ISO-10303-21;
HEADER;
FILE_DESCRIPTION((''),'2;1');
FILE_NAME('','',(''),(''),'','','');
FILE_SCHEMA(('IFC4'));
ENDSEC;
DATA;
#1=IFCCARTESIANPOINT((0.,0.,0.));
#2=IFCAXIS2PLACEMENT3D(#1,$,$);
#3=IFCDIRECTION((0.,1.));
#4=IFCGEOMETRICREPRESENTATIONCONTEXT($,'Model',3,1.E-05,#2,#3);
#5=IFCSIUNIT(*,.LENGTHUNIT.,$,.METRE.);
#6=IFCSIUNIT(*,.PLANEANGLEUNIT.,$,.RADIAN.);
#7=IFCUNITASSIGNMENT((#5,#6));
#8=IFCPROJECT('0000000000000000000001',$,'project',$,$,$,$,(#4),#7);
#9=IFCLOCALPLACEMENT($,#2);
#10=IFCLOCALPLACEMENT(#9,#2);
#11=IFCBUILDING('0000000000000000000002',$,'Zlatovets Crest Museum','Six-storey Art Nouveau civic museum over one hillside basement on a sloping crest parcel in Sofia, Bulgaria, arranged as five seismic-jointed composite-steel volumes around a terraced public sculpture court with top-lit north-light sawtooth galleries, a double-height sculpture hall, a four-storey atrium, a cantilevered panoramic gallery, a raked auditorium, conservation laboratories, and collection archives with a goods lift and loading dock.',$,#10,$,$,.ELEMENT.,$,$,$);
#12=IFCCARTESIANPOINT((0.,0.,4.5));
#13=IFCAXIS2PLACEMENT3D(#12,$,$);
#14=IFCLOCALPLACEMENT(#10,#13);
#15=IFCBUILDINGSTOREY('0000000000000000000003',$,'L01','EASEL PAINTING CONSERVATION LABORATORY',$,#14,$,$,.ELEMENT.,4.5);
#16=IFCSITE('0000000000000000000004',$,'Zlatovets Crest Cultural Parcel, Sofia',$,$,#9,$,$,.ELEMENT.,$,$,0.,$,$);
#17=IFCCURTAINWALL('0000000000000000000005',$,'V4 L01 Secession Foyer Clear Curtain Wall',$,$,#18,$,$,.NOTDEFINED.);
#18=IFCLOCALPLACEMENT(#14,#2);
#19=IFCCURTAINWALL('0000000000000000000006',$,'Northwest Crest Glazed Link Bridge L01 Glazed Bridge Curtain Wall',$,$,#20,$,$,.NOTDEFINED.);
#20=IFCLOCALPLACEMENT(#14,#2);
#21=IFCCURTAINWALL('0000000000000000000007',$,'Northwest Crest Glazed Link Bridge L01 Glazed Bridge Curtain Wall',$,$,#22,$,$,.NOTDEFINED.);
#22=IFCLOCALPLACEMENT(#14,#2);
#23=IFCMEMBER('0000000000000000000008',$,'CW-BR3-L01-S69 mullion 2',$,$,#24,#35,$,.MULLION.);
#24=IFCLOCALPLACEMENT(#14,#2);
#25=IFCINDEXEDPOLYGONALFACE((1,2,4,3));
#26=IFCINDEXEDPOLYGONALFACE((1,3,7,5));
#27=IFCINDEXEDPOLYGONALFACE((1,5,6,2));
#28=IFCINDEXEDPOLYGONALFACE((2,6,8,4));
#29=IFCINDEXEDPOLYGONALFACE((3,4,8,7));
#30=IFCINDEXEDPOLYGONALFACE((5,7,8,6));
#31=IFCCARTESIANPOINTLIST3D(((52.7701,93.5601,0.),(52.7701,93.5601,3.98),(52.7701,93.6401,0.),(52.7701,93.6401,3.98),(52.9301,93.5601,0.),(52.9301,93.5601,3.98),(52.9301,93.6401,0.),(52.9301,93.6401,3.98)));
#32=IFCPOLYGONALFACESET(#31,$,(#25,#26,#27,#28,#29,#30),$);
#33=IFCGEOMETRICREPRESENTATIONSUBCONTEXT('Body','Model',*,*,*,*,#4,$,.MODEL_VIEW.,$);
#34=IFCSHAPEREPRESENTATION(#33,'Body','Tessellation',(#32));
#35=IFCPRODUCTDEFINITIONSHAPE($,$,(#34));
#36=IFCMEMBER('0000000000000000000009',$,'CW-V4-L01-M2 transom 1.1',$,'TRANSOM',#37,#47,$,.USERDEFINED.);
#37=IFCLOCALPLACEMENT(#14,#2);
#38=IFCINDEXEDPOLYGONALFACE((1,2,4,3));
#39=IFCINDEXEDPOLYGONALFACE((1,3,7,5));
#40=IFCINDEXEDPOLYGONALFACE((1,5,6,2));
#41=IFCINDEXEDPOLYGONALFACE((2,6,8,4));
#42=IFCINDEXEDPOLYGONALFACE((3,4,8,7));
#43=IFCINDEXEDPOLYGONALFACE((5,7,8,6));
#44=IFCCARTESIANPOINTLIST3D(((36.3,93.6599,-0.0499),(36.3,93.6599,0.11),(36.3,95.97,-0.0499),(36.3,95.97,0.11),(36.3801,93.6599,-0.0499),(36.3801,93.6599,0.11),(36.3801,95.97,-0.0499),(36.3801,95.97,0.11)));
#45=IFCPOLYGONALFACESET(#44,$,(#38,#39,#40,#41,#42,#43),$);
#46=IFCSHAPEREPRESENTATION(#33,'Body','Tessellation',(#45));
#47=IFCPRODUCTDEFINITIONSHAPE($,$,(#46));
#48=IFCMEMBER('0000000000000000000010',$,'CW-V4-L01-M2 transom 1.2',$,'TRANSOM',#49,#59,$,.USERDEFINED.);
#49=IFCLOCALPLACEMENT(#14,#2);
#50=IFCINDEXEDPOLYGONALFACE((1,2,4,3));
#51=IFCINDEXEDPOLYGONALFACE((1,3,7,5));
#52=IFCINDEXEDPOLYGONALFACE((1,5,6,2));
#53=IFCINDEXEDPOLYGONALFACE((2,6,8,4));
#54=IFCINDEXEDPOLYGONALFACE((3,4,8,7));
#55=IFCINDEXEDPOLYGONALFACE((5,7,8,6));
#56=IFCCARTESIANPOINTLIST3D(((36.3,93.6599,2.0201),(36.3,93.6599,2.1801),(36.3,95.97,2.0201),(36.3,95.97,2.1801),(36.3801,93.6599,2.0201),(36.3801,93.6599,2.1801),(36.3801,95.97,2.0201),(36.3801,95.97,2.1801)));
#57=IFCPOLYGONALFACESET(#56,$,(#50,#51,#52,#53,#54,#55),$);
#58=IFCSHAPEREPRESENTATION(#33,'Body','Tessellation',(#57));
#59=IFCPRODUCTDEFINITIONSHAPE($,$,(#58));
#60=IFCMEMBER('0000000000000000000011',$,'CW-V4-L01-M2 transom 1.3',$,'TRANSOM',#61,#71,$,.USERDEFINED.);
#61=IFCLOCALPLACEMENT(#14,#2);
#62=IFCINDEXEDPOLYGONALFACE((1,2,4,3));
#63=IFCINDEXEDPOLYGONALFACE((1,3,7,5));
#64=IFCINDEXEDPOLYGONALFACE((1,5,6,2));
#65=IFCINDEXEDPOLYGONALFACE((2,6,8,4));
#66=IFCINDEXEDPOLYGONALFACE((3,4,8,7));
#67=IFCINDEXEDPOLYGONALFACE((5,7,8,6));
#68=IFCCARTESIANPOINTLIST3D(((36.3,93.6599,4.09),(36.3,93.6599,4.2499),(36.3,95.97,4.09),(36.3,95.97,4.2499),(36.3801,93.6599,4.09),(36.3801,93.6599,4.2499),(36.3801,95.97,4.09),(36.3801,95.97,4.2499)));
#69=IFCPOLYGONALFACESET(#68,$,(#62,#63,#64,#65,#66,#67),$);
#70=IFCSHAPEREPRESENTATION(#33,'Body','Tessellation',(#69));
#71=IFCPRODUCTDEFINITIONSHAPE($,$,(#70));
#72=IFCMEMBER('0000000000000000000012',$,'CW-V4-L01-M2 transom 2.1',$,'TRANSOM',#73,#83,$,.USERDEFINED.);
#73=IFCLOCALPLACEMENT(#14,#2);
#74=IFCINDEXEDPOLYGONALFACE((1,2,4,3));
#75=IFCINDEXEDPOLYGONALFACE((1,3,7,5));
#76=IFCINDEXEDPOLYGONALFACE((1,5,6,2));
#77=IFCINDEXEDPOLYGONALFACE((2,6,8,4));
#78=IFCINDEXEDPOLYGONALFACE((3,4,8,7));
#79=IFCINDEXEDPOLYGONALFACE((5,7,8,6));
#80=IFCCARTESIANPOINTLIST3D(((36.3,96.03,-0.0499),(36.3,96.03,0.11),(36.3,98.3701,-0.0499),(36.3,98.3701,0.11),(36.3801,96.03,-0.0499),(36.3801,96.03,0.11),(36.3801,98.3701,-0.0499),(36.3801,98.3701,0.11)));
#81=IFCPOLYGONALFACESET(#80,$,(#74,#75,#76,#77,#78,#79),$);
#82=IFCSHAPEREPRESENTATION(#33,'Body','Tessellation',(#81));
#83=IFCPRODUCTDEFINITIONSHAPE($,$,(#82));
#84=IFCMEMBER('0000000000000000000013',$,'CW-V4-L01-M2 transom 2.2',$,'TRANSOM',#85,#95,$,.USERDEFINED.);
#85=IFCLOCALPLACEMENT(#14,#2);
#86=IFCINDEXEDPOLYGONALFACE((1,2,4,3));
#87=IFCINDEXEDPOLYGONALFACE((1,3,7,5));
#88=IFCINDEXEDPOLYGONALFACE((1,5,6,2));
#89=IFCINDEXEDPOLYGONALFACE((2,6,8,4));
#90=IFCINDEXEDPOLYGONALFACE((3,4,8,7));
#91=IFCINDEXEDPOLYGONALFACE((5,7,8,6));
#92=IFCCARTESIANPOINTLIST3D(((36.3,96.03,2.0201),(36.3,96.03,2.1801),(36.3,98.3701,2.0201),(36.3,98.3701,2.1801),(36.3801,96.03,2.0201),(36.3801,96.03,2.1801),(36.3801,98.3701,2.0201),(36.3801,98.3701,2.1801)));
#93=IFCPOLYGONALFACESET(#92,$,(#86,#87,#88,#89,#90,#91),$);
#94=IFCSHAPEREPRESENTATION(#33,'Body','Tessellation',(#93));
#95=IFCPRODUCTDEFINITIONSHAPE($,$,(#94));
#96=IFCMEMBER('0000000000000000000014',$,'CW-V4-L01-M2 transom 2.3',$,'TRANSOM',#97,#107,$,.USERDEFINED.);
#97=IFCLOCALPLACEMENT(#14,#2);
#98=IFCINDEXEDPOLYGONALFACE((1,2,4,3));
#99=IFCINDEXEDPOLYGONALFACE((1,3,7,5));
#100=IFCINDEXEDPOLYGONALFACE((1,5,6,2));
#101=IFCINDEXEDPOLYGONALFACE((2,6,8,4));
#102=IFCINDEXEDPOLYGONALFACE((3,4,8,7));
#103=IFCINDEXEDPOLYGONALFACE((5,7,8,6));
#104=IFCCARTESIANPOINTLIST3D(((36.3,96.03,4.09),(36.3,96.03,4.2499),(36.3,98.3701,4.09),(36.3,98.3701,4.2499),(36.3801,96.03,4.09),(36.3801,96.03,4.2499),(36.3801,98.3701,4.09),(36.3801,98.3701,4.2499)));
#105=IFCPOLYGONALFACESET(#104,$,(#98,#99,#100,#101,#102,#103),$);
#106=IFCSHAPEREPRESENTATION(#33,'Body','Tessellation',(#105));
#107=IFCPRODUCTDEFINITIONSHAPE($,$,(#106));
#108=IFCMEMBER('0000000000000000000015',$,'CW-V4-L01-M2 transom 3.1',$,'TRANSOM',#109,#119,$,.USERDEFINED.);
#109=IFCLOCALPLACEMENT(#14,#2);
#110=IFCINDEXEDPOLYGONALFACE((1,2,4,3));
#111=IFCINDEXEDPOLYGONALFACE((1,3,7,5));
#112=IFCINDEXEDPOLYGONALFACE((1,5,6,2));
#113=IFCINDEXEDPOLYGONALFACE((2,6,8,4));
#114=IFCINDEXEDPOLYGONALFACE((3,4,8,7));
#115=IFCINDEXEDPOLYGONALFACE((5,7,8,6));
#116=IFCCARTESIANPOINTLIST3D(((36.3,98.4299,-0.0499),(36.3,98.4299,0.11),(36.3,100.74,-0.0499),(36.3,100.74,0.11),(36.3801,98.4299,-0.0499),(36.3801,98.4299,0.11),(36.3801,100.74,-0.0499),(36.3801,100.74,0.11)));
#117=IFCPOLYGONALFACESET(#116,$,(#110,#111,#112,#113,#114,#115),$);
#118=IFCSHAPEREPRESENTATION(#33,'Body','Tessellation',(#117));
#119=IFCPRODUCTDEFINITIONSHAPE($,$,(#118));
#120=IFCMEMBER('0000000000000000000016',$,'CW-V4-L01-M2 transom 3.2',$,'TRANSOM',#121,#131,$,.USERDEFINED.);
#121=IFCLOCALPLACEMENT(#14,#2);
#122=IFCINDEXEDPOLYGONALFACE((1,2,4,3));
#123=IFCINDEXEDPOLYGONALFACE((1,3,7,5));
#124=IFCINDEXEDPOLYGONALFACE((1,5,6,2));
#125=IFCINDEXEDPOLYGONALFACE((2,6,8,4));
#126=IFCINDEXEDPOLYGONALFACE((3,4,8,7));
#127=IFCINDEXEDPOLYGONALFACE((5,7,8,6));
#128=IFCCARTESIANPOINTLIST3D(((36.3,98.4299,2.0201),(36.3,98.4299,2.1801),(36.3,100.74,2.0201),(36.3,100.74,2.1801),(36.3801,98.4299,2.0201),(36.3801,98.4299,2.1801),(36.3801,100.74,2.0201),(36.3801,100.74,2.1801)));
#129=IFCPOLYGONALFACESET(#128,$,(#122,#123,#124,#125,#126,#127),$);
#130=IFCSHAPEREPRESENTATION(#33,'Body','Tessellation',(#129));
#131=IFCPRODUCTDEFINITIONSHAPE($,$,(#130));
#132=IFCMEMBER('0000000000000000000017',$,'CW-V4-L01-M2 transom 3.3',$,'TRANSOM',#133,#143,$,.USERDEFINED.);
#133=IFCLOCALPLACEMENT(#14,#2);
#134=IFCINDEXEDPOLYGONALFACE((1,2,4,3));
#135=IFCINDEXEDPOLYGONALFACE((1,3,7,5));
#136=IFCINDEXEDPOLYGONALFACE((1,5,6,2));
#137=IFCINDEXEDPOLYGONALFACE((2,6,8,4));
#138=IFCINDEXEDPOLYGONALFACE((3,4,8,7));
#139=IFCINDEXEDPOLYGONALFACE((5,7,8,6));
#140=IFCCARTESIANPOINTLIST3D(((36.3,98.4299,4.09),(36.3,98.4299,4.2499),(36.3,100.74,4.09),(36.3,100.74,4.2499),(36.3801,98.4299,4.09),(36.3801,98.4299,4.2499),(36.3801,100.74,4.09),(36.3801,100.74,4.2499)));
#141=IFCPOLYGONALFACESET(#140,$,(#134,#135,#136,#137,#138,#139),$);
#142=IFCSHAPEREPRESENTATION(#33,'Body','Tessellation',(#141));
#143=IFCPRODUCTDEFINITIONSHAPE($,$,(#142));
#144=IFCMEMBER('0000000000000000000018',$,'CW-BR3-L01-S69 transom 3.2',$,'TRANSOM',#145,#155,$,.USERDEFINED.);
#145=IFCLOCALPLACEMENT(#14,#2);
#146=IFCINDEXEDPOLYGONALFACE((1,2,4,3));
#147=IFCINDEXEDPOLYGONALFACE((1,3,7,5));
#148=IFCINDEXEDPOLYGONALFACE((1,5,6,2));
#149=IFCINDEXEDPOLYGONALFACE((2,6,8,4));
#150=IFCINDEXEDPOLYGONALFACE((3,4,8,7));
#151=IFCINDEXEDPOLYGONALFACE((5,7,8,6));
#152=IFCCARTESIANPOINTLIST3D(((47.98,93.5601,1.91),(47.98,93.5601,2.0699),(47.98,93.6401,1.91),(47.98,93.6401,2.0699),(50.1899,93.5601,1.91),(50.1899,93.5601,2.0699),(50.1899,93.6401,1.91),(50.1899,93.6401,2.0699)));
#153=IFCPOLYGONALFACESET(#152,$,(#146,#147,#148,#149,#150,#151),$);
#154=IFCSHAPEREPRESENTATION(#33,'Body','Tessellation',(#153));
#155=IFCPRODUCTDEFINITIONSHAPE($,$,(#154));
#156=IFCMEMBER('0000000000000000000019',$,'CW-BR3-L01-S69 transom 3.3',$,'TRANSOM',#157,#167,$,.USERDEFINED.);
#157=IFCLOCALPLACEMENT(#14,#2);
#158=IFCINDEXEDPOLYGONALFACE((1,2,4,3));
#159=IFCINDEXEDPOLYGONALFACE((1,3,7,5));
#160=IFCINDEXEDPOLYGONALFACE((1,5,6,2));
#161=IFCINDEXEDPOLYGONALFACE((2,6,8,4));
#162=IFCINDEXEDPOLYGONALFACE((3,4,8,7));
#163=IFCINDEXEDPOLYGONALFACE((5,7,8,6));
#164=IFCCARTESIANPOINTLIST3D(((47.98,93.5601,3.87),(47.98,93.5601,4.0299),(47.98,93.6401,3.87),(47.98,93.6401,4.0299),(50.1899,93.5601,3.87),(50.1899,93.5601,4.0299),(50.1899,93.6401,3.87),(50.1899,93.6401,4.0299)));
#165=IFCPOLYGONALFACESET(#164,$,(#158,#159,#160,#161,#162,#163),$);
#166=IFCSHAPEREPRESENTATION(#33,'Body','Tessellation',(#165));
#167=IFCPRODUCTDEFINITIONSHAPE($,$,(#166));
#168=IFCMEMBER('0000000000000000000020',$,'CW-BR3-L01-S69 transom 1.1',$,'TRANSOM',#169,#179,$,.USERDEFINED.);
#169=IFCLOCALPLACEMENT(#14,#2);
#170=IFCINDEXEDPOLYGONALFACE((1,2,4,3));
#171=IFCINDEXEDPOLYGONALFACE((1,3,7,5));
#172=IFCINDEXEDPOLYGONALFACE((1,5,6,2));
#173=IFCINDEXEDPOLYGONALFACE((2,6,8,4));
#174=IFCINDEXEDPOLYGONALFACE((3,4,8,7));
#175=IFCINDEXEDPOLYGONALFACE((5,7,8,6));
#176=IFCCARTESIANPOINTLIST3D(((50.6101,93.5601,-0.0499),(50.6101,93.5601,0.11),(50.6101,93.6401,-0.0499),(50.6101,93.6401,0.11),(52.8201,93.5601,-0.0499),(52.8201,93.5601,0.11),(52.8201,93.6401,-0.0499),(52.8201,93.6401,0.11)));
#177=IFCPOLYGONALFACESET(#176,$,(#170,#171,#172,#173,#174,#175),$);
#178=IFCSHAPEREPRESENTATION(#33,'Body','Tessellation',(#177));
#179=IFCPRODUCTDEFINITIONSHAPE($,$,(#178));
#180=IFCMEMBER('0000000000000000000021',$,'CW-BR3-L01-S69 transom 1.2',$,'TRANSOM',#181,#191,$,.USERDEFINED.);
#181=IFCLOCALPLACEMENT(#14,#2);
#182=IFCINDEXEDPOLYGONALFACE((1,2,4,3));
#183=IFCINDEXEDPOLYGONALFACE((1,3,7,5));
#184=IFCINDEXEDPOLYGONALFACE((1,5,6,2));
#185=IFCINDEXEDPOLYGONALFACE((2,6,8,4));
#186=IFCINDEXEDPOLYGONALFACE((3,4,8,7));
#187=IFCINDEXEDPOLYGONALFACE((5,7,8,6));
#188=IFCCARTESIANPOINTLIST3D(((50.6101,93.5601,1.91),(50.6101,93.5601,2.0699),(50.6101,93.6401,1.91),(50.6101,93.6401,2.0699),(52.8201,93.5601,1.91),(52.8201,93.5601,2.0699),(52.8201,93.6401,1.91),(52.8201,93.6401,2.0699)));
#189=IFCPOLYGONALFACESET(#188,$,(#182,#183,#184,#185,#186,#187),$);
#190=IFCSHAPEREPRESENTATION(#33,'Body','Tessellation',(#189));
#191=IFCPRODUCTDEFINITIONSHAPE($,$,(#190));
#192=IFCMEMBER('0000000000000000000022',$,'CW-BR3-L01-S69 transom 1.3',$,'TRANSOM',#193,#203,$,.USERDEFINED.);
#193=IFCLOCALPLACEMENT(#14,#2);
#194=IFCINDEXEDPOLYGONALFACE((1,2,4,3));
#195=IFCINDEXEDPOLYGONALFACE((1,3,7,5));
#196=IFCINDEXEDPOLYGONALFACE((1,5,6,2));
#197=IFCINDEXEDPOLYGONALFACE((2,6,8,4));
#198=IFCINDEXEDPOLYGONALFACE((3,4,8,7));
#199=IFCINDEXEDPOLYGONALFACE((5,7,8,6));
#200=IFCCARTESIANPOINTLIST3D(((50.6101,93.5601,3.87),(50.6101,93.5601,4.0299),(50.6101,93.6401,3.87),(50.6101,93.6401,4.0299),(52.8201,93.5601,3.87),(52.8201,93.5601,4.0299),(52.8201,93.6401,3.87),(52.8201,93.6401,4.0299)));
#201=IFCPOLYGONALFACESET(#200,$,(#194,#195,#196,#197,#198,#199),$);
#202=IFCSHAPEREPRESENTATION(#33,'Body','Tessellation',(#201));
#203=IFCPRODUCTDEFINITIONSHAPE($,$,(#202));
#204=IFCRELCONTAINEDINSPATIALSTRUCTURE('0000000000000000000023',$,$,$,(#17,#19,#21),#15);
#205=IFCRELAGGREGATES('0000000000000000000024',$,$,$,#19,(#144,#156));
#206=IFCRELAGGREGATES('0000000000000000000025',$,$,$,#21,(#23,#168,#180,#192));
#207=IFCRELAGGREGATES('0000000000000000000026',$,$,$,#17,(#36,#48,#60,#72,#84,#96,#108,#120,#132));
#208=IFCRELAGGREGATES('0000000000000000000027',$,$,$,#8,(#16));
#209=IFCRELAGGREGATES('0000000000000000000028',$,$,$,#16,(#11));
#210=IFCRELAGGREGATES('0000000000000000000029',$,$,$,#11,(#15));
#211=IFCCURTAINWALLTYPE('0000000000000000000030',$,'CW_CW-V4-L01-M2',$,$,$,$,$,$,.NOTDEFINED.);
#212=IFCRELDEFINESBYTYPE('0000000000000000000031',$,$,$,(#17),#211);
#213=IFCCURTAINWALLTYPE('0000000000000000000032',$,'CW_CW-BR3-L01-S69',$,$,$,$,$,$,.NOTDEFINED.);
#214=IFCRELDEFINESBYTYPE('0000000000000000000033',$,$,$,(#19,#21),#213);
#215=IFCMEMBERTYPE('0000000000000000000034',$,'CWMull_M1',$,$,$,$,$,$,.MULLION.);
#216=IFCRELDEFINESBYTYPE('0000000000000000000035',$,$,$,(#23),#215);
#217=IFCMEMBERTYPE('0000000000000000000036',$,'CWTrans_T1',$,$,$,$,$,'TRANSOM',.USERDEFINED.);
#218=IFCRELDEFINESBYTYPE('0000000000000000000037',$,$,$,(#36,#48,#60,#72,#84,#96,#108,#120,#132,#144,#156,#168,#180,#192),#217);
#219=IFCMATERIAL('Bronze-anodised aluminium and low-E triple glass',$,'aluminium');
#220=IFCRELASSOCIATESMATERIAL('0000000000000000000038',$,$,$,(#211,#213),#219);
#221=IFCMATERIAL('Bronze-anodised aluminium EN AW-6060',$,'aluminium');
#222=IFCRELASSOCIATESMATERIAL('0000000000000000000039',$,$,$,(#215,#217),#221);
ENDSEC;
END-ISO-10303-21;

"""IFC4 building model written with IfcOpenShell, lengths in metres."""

from ifc_helpers import new_model, si_unit, direction, frame, origin, origin_2d, place, context, subcontext, project, spatial, rectangle, extrude, material, material_profile, profile_set, type_object, element, aggregate, save


model = new_model("IFC4")

# Units and contexts
model_context = context("Model", 3, precision=1e-05, world=origin(), true_north=direction((0.0, 1.0)))
body_context = subcontext(model_context, "Body", "Model", "MODEL_VIEW")
ifc_project = project(units=[si_unit("LENGTHUNIT", "METRE"), si_unit("PLANEANGLEUNIT", "RADIAN")], contexts=[model_context])

# Site, building, storey
site_placement = place(None, origin())
site = spatial("IfcSite", under=ifc_project, at=site_placement, Name="Zlatovets Crest Cultural Parcel, Sofia", CompositionType="ELEMENT", RefElevation=0.0)
building_placement = place(site_placement, origin())
building = spatial("IfcBuilding", under=site, at=building_placement, Name="Zlatovets Crest Museum", Description="Six-storey Art Nouveau civic museum over one hillside basement on a sloping crest parcel in Sofia, Bulgaria, arranged as five seismic-jointed composite-steel volumes around a terraced public sculpture court with top-lit north-light sawtooth galleries, a double-height sculpture hall, a four-storey atrium, a cantilevered panoramic gallery, a raked auditorium, conservation laboratories, and collection archives with a goods lift and loading dock.", CompositionType="ELEMENT")
storey_placement = place(building_placement, frame((0.0, 0.0, 4.5)))
storey = spatial("IfcBuildingStorey", under=building, at=storey_placement, Name="L01", Description="EASEL PAINTING CONSERVATION LABORATORY", CompositionType="ELEMENT", Elevation=4.5)

# Curtain wall
ifc_material_1 = material(Name="Bronze-anodised aluminium and low-E triple glass", Category="aluminium")
curtain_wall_type_1 = type_object("IfcCurtainWallType", Name="CW_CW-V4-L01-M2", PredefinedType="NOTDEFINED", material=ifc_material_1)
curtain_wall_1_placement = place(storey_placement, origin())
curtain_wall_1 = element("IfcCurtainWall", 1, at=curtain_wall_1_placement, inside=storey, type_object=curtain_wall_type_1, Name="V4 L01 Secession Foyer Clear Curtain Wall", PredefinedType="NOTDEFINED")
ifc_material_2 = material(Name="Bronze-anodised aluminium EN AW-6060", Category="aluminium")
ifc_material_profile_1 = material_profile(ifc_material_2, rectangle(XDim=0.0801, YDim=0.1599, at=origin_2d()), Name="ALU 80x160")
ifc_profile_set_1 = profile_set([ifc_material_profile_1], Name="Bronze-anodised aluminium EN AW-6060")
member_type_1 = type_object("IfcMemberType", Name="CWMull_M1", PredefinedType="MULLION", material=ifc_profile_set_1)

# Curtain wall
curtain_wall_type_2 = type_object("IfcCurtainWallType", Name="CW_CW-BR3-L01-S69", PredefinedType="NOTDEFINED", material=ifc_material_1)
curtain_wall_2_placement = place(storey_placement, origin())
curtain_wall_2 = element("IfcCurtainWall", 2, at=curtain_wall_2_placement, inside=storey, type_object=curtain_wall_type_2, Name="Northwest Crest Glazed Link Bridge L01 Glazed Bridge Curtain Wall", PredefinedType="NOTDEFINED")

# Curtain wall, member
curtain_wall_3_placement = place(storey_placement, origin())
curtain_wall_3 = element("IfcCurtainWall", 3, at=curtain_wall_3_placement, inside=storey, type_object=curtain_wall_type_2, Name="Northwest Crest Glazed Link Bridge L01 Glazed Bridge Curtain Wall", PredefinedType="NOTDEFINED")
member_1_placement = place(storey_placement, frame((52.8501, 93.6001, 0.0), z_axis=(0.0, 0.0, 1.0), x_axis=(0.0, 1.0, 0.0)))
member_1 = element("IfcMember", 4, at=member_1_placement, type_object=member_type_1, Name="CW-BR3-L01-S69 mullion 2", PredefinedType="MULLION", context=body_context, shape_type="SweptSolid", body=[
    extrude(rectangle(XDim=0.0801, YDim=0.1599, at=origin_2d()), origin(), (0.0, 0.0, 1.0), 3.98),
])

# Members
ifc_material_profile_2 = material_profile(ifc_material_2, rectangle(XDim=0.0801, YDim=0.1599, at=origin_2d()), Name="ALU 80x160")
ifc_profile_set_2 = profile_set([ifc_material_profile_2], Name="Bronze-anodised aluminium EN AW-6060")
member_type_2 = type_object("IfcMemberType", Name="CWTrans_T1", ElementType="TRANSOM", PredefinedType="USERDEFINED", material=ifc_profile_set_2)
member_2_placement = place(storey_placement, frame((36.3401, 93.6599, 0.03), z_axis=(0.0, 1.0, 0.0), x_axis=(-1.0, 0.0, 0.0)))
member_2 = element("IfcMember", 5, at=member_2_placement, type_object=member_type_2, Name="CW-V4-L01-M2 transom 1.1", ObjectType="TRANSOM", PredefinedType="USERDEFINED", context=body_context, shape_type="SweptSolid", body=[
    extrude(rectangle(XDim=0.0801, YDim=0.1599, at=origin_2d()), origin(), (0.0, 0.0, 1.0), 2.3101),
])
member_3_placement = place(storey_placement, frame((36.3401, 93.6599, 2.1001), z_axis=(0.0, 1.0, 0.0), x_axis=(-1.0, 0.0, 0.0)))
member_3 = element("IfcMember", 6, at=member_3_placement, type_object=member_type_2, Name="CW-V4-L01-M2 transom 1.2", ObjectType="TRANSOM", PredefinedType="USERDEFINED", context=body_context, shape_type="SweptSolid", body=[
    extrude(rectangle(XDim=0.0801, YDim=0.1599, at=origin_2d()), origin(), (0.0, 0.0, 1.0), 2.3101),
])
member_4_placement = place(storey_placement, frame((36.3401, 93.6599, 4.1699), z_axis=(0.0, 1.0, 0.0), x_axis=(-1.0, 0.0, 0.0)))
member_4 = element("IfcMember", 7, at=member_4_placement, type_object=member_type_2, Name="CW-V4-L01-M2 transom 1.3", ObjectType="TRANSOM", PredefinedType="USERDEFINED", context=body_context, shape_type="SweptSolid", body=[
    extrude(rectangle(XDim=0.0801, YDim=0.1599, at=origin_2d()), origin(), (0.0, 0.0, 1.0), 2.3101),
])
member_5_placement = place(storey_placement, frame((36.3401, 96.03, 0.03), z_axis=(0.0, 1.0, 0.0), x_axis=(-1.0, 0.0, 0.0)))
member_5 = element("IfcMember", 8, at=member_5_placement, type_object=member_type_2, Name="CW-V4-L01-M2 transom 2.1", ObjectType="TRANSOM", PredefinedType="USERDEFINED", context=body_context, shape_type="SweptSolid", body=[
    extrude(rectangle(XDim=0.0801, YDim=0.1599, at=origin_2d()), origin(), (0.0, 0.0, 1.0), 2.3401),
])
member_6_placement = place(storey_placement, frame((36.3401, 96.03, 2.1001), z_axis=(0.0, 1.0, 0.0), x_axis=(-1.0, 0.0, 0.0)))
member_6 = element("IfcMember", 9, at=member_6_placement, type_object=member_type_2, Name="CW-V4-L01-M2 transom 2.2", ObjectType="TRANSOM", PredefinedType="USERDEFINED", context=body_context, shape_type="SweptSolid", body=[
    extrude(rectangle(XDim=0.0801, YDim=0.1599, at=origin_2d()), origin(), (0.0, 0.0, 1.0), 2.3401),
])
member_7_placement = place(storey_placement, frame((36.3401, 96.03, 4.1699), z_axis=(0.0, 1.0, 0.0), x_axis=(-1.0, 0.0, 0.0)))
member_7 = element("IfcMember", 10, at=member_7_placement, type_object=member_type_2, Name="CW-V4-L01-M2 transom 2.3", ObjectType="TRANSOM", PredefinedType="USERDEFINED", context=body_context, shape_type="SweptSolid", body=[
    extrude(rectangle(XDim=0.0801, YDim=0.1599, at=origin_2d()), origin(), (0.0, 0.0, 1.0), 2.3401),
])
member_8_placement = place(storey_placement, frame((36.3401, 98.4299, 0.03), z_axis=(0.0, 1.0, 0.0), x_axis=(-1.0, 0.0, 0.0)))
member_8 = element("IfcMember", 11, at=member_8_placement, type_object=member_type_2, Name="CW-V4-L01-M2 transom 3.1", ObjectType="TRANSOM", PredefinedType="USERDEFINED", context=body_context, shape_type="SweptSolid", body=[
    extrude(rectangle(XDim=0.0801, YDim=0.1599, at=origin_2d()), origin(), (0.0, 0.0, 1.0), 2.3101),
])
member_9_placement = place(storey_placement, frame((36.3401, 98.4299, 2.1001), z_axis=(0.0, 1.0, 0.0), x_axis=(-1.0, 0.0, 0.0)))
member_9 = element("IfcMember", 12, at=member_9_placement, type_object=member_type_2, Name="CW-V4-L01-M2 transom 3.2", ObjectType="TRANSOM", PredefinedType="USERDEFINED", context=body_context, shape_type="SweptSolid", body=[
    extrude(rectangle(XDim=0.0801, YDim=0.1599, at=origin_2d()), origin(), (0.0, 0.0, 1.0), 2.3101),
])
member_10_placement = place(storey_placement, frame((36.3401, 98.4299, 4.1699), z_axis=(0.0, 1.0, 0.0), x_axis=(-1.0, 0.0, 0.0)))
member_10 = element("IfcMember", 13, at=member_10_placement, type_object=member_type_2, Name="CW-V4-L01-M2 transom 3.3", ObjectType="TRANSOM", PredefinedType="USERDEFINED", context=body_context, shape_type="SweptSolid", body=[
    extrude(rectangle(XDim=0.0801, YDim=0.1599, at=origin_2d()), origin(), (0.0, 0.0, 1.0), 2.3101),
])
member_11_placement = place(storey_placement, frame((47.98, 93.6001, 1.99), z_axis=(1.0, 0.0, 0.0), x_axis=(0.0, 1.0, 0.0)))
member_11 = element("IfcMember", 14, at=member_11_placement, type_object=member_type_2, Name="CW-BR3-L01-S69 transom 3.2", ObjectType="TRANSOM", PredefinedType="USERDEFINED", context=body_context, shape_type="SweptSolid", body=[
    extrude(rectangle(XDim=0.0801, YDim=0.1599, at=origin_2d()), origin(), (0.0, 0.0, 1.0), 2.21),
])
member_12_placement = place(storey_placement, frame((47.98, 93.6001, 3.95), z_axis=(1.0, 0.0, 0.0), x_axis=(0.0, 1.0, 0.0)))
member_12 = element("IfcMember", 15, at=member_12_placement, type_object=member_type_2, Name="CW-BR3-L01-S69 transom 3.3", ObjectType="TRANSOM", PredefinedType="USERDEFINED", context=body_context, shape_type="SweptSolid", body=[
    extrude(rectangle(XDim=0.0801, YDim=0.1599, at=origin_2d()), origin(), (0.0, 0.0, 1.0), 2.21),
])
member_13_placement = place(storey_placement, frame((50.6101, 93.6001, 0.03), z_axis=(1.0, 0.0, 0.0), x_axis=(0.0, 1.0, 0.0)))
member_13 = element("IfcMember", 16, at=member_13_placement, type_object=member_type_2, Name="CW-BR3-L01-S69 transom 1.1", ObjectType="TRANSOM", PredefinedType="USERDEFINED", context=body_context, shape_type="SweptSolid", body=[
    extrude(rectangle(XDim=0.0801, YDim=0.1599, at=origin_2d()), origin(), (0.0, 0.0, 1.0), 2.21),
])
member_14_placement = place(storey_placement, frame((50.6101, 93.6001, 1.99), z_axis=(1.0, 0.0, 0.0), x_axis=(0.0, 1.0, 0.0)))
member_14 = element("IfcMember", 17, at=member_14_placement, type_object=member_type_2, Name="CW-BR3-L01-S69 transom 1.2", ObjectType="TRANSOM", PredefinedType="USERDEFINED", context=body_context, shape_type="SweptSolid", body=[
    extrude(rectangle(XDim=0.0801, YDim=0.1599, at=origin_2d()), origin(), (0.0, 0.0, 1.0), 2.21),
])
member_15_placement = place(storey_placement, frame((50.6101, 93.6001, 3.95), z_axis=(1.0, 0.0, 0.0), x_axis=(0.0, 1.0, 0.0)))
member_15 = element("IfcMember", 18, at=member_15_placement, type_object=member_type_2, Name="CW-BR3-L01-S69 transom 1.3", ObjectType="TRANSOM", PredefinedType="USERDEFINED", context=body_context, shape_type="SweptSolid", body=[
    extrude(rectangle(XDim=0.0801, YDim=0.1599, at=origin_2d()), origin(), (0.0, 0.0, 1.0), 2.21),
])

aggregate(curtain_wall_2, [member_11, member_12])
aggregate(curtain_wall_3, [member_1, member_13, member_14, member_15])
aggregate(curtain_wall_1, [member_2, member_3, member_4, member_5, member_6, member_7, member_8, member_9, member_10])

save(model, "model.ifc")
